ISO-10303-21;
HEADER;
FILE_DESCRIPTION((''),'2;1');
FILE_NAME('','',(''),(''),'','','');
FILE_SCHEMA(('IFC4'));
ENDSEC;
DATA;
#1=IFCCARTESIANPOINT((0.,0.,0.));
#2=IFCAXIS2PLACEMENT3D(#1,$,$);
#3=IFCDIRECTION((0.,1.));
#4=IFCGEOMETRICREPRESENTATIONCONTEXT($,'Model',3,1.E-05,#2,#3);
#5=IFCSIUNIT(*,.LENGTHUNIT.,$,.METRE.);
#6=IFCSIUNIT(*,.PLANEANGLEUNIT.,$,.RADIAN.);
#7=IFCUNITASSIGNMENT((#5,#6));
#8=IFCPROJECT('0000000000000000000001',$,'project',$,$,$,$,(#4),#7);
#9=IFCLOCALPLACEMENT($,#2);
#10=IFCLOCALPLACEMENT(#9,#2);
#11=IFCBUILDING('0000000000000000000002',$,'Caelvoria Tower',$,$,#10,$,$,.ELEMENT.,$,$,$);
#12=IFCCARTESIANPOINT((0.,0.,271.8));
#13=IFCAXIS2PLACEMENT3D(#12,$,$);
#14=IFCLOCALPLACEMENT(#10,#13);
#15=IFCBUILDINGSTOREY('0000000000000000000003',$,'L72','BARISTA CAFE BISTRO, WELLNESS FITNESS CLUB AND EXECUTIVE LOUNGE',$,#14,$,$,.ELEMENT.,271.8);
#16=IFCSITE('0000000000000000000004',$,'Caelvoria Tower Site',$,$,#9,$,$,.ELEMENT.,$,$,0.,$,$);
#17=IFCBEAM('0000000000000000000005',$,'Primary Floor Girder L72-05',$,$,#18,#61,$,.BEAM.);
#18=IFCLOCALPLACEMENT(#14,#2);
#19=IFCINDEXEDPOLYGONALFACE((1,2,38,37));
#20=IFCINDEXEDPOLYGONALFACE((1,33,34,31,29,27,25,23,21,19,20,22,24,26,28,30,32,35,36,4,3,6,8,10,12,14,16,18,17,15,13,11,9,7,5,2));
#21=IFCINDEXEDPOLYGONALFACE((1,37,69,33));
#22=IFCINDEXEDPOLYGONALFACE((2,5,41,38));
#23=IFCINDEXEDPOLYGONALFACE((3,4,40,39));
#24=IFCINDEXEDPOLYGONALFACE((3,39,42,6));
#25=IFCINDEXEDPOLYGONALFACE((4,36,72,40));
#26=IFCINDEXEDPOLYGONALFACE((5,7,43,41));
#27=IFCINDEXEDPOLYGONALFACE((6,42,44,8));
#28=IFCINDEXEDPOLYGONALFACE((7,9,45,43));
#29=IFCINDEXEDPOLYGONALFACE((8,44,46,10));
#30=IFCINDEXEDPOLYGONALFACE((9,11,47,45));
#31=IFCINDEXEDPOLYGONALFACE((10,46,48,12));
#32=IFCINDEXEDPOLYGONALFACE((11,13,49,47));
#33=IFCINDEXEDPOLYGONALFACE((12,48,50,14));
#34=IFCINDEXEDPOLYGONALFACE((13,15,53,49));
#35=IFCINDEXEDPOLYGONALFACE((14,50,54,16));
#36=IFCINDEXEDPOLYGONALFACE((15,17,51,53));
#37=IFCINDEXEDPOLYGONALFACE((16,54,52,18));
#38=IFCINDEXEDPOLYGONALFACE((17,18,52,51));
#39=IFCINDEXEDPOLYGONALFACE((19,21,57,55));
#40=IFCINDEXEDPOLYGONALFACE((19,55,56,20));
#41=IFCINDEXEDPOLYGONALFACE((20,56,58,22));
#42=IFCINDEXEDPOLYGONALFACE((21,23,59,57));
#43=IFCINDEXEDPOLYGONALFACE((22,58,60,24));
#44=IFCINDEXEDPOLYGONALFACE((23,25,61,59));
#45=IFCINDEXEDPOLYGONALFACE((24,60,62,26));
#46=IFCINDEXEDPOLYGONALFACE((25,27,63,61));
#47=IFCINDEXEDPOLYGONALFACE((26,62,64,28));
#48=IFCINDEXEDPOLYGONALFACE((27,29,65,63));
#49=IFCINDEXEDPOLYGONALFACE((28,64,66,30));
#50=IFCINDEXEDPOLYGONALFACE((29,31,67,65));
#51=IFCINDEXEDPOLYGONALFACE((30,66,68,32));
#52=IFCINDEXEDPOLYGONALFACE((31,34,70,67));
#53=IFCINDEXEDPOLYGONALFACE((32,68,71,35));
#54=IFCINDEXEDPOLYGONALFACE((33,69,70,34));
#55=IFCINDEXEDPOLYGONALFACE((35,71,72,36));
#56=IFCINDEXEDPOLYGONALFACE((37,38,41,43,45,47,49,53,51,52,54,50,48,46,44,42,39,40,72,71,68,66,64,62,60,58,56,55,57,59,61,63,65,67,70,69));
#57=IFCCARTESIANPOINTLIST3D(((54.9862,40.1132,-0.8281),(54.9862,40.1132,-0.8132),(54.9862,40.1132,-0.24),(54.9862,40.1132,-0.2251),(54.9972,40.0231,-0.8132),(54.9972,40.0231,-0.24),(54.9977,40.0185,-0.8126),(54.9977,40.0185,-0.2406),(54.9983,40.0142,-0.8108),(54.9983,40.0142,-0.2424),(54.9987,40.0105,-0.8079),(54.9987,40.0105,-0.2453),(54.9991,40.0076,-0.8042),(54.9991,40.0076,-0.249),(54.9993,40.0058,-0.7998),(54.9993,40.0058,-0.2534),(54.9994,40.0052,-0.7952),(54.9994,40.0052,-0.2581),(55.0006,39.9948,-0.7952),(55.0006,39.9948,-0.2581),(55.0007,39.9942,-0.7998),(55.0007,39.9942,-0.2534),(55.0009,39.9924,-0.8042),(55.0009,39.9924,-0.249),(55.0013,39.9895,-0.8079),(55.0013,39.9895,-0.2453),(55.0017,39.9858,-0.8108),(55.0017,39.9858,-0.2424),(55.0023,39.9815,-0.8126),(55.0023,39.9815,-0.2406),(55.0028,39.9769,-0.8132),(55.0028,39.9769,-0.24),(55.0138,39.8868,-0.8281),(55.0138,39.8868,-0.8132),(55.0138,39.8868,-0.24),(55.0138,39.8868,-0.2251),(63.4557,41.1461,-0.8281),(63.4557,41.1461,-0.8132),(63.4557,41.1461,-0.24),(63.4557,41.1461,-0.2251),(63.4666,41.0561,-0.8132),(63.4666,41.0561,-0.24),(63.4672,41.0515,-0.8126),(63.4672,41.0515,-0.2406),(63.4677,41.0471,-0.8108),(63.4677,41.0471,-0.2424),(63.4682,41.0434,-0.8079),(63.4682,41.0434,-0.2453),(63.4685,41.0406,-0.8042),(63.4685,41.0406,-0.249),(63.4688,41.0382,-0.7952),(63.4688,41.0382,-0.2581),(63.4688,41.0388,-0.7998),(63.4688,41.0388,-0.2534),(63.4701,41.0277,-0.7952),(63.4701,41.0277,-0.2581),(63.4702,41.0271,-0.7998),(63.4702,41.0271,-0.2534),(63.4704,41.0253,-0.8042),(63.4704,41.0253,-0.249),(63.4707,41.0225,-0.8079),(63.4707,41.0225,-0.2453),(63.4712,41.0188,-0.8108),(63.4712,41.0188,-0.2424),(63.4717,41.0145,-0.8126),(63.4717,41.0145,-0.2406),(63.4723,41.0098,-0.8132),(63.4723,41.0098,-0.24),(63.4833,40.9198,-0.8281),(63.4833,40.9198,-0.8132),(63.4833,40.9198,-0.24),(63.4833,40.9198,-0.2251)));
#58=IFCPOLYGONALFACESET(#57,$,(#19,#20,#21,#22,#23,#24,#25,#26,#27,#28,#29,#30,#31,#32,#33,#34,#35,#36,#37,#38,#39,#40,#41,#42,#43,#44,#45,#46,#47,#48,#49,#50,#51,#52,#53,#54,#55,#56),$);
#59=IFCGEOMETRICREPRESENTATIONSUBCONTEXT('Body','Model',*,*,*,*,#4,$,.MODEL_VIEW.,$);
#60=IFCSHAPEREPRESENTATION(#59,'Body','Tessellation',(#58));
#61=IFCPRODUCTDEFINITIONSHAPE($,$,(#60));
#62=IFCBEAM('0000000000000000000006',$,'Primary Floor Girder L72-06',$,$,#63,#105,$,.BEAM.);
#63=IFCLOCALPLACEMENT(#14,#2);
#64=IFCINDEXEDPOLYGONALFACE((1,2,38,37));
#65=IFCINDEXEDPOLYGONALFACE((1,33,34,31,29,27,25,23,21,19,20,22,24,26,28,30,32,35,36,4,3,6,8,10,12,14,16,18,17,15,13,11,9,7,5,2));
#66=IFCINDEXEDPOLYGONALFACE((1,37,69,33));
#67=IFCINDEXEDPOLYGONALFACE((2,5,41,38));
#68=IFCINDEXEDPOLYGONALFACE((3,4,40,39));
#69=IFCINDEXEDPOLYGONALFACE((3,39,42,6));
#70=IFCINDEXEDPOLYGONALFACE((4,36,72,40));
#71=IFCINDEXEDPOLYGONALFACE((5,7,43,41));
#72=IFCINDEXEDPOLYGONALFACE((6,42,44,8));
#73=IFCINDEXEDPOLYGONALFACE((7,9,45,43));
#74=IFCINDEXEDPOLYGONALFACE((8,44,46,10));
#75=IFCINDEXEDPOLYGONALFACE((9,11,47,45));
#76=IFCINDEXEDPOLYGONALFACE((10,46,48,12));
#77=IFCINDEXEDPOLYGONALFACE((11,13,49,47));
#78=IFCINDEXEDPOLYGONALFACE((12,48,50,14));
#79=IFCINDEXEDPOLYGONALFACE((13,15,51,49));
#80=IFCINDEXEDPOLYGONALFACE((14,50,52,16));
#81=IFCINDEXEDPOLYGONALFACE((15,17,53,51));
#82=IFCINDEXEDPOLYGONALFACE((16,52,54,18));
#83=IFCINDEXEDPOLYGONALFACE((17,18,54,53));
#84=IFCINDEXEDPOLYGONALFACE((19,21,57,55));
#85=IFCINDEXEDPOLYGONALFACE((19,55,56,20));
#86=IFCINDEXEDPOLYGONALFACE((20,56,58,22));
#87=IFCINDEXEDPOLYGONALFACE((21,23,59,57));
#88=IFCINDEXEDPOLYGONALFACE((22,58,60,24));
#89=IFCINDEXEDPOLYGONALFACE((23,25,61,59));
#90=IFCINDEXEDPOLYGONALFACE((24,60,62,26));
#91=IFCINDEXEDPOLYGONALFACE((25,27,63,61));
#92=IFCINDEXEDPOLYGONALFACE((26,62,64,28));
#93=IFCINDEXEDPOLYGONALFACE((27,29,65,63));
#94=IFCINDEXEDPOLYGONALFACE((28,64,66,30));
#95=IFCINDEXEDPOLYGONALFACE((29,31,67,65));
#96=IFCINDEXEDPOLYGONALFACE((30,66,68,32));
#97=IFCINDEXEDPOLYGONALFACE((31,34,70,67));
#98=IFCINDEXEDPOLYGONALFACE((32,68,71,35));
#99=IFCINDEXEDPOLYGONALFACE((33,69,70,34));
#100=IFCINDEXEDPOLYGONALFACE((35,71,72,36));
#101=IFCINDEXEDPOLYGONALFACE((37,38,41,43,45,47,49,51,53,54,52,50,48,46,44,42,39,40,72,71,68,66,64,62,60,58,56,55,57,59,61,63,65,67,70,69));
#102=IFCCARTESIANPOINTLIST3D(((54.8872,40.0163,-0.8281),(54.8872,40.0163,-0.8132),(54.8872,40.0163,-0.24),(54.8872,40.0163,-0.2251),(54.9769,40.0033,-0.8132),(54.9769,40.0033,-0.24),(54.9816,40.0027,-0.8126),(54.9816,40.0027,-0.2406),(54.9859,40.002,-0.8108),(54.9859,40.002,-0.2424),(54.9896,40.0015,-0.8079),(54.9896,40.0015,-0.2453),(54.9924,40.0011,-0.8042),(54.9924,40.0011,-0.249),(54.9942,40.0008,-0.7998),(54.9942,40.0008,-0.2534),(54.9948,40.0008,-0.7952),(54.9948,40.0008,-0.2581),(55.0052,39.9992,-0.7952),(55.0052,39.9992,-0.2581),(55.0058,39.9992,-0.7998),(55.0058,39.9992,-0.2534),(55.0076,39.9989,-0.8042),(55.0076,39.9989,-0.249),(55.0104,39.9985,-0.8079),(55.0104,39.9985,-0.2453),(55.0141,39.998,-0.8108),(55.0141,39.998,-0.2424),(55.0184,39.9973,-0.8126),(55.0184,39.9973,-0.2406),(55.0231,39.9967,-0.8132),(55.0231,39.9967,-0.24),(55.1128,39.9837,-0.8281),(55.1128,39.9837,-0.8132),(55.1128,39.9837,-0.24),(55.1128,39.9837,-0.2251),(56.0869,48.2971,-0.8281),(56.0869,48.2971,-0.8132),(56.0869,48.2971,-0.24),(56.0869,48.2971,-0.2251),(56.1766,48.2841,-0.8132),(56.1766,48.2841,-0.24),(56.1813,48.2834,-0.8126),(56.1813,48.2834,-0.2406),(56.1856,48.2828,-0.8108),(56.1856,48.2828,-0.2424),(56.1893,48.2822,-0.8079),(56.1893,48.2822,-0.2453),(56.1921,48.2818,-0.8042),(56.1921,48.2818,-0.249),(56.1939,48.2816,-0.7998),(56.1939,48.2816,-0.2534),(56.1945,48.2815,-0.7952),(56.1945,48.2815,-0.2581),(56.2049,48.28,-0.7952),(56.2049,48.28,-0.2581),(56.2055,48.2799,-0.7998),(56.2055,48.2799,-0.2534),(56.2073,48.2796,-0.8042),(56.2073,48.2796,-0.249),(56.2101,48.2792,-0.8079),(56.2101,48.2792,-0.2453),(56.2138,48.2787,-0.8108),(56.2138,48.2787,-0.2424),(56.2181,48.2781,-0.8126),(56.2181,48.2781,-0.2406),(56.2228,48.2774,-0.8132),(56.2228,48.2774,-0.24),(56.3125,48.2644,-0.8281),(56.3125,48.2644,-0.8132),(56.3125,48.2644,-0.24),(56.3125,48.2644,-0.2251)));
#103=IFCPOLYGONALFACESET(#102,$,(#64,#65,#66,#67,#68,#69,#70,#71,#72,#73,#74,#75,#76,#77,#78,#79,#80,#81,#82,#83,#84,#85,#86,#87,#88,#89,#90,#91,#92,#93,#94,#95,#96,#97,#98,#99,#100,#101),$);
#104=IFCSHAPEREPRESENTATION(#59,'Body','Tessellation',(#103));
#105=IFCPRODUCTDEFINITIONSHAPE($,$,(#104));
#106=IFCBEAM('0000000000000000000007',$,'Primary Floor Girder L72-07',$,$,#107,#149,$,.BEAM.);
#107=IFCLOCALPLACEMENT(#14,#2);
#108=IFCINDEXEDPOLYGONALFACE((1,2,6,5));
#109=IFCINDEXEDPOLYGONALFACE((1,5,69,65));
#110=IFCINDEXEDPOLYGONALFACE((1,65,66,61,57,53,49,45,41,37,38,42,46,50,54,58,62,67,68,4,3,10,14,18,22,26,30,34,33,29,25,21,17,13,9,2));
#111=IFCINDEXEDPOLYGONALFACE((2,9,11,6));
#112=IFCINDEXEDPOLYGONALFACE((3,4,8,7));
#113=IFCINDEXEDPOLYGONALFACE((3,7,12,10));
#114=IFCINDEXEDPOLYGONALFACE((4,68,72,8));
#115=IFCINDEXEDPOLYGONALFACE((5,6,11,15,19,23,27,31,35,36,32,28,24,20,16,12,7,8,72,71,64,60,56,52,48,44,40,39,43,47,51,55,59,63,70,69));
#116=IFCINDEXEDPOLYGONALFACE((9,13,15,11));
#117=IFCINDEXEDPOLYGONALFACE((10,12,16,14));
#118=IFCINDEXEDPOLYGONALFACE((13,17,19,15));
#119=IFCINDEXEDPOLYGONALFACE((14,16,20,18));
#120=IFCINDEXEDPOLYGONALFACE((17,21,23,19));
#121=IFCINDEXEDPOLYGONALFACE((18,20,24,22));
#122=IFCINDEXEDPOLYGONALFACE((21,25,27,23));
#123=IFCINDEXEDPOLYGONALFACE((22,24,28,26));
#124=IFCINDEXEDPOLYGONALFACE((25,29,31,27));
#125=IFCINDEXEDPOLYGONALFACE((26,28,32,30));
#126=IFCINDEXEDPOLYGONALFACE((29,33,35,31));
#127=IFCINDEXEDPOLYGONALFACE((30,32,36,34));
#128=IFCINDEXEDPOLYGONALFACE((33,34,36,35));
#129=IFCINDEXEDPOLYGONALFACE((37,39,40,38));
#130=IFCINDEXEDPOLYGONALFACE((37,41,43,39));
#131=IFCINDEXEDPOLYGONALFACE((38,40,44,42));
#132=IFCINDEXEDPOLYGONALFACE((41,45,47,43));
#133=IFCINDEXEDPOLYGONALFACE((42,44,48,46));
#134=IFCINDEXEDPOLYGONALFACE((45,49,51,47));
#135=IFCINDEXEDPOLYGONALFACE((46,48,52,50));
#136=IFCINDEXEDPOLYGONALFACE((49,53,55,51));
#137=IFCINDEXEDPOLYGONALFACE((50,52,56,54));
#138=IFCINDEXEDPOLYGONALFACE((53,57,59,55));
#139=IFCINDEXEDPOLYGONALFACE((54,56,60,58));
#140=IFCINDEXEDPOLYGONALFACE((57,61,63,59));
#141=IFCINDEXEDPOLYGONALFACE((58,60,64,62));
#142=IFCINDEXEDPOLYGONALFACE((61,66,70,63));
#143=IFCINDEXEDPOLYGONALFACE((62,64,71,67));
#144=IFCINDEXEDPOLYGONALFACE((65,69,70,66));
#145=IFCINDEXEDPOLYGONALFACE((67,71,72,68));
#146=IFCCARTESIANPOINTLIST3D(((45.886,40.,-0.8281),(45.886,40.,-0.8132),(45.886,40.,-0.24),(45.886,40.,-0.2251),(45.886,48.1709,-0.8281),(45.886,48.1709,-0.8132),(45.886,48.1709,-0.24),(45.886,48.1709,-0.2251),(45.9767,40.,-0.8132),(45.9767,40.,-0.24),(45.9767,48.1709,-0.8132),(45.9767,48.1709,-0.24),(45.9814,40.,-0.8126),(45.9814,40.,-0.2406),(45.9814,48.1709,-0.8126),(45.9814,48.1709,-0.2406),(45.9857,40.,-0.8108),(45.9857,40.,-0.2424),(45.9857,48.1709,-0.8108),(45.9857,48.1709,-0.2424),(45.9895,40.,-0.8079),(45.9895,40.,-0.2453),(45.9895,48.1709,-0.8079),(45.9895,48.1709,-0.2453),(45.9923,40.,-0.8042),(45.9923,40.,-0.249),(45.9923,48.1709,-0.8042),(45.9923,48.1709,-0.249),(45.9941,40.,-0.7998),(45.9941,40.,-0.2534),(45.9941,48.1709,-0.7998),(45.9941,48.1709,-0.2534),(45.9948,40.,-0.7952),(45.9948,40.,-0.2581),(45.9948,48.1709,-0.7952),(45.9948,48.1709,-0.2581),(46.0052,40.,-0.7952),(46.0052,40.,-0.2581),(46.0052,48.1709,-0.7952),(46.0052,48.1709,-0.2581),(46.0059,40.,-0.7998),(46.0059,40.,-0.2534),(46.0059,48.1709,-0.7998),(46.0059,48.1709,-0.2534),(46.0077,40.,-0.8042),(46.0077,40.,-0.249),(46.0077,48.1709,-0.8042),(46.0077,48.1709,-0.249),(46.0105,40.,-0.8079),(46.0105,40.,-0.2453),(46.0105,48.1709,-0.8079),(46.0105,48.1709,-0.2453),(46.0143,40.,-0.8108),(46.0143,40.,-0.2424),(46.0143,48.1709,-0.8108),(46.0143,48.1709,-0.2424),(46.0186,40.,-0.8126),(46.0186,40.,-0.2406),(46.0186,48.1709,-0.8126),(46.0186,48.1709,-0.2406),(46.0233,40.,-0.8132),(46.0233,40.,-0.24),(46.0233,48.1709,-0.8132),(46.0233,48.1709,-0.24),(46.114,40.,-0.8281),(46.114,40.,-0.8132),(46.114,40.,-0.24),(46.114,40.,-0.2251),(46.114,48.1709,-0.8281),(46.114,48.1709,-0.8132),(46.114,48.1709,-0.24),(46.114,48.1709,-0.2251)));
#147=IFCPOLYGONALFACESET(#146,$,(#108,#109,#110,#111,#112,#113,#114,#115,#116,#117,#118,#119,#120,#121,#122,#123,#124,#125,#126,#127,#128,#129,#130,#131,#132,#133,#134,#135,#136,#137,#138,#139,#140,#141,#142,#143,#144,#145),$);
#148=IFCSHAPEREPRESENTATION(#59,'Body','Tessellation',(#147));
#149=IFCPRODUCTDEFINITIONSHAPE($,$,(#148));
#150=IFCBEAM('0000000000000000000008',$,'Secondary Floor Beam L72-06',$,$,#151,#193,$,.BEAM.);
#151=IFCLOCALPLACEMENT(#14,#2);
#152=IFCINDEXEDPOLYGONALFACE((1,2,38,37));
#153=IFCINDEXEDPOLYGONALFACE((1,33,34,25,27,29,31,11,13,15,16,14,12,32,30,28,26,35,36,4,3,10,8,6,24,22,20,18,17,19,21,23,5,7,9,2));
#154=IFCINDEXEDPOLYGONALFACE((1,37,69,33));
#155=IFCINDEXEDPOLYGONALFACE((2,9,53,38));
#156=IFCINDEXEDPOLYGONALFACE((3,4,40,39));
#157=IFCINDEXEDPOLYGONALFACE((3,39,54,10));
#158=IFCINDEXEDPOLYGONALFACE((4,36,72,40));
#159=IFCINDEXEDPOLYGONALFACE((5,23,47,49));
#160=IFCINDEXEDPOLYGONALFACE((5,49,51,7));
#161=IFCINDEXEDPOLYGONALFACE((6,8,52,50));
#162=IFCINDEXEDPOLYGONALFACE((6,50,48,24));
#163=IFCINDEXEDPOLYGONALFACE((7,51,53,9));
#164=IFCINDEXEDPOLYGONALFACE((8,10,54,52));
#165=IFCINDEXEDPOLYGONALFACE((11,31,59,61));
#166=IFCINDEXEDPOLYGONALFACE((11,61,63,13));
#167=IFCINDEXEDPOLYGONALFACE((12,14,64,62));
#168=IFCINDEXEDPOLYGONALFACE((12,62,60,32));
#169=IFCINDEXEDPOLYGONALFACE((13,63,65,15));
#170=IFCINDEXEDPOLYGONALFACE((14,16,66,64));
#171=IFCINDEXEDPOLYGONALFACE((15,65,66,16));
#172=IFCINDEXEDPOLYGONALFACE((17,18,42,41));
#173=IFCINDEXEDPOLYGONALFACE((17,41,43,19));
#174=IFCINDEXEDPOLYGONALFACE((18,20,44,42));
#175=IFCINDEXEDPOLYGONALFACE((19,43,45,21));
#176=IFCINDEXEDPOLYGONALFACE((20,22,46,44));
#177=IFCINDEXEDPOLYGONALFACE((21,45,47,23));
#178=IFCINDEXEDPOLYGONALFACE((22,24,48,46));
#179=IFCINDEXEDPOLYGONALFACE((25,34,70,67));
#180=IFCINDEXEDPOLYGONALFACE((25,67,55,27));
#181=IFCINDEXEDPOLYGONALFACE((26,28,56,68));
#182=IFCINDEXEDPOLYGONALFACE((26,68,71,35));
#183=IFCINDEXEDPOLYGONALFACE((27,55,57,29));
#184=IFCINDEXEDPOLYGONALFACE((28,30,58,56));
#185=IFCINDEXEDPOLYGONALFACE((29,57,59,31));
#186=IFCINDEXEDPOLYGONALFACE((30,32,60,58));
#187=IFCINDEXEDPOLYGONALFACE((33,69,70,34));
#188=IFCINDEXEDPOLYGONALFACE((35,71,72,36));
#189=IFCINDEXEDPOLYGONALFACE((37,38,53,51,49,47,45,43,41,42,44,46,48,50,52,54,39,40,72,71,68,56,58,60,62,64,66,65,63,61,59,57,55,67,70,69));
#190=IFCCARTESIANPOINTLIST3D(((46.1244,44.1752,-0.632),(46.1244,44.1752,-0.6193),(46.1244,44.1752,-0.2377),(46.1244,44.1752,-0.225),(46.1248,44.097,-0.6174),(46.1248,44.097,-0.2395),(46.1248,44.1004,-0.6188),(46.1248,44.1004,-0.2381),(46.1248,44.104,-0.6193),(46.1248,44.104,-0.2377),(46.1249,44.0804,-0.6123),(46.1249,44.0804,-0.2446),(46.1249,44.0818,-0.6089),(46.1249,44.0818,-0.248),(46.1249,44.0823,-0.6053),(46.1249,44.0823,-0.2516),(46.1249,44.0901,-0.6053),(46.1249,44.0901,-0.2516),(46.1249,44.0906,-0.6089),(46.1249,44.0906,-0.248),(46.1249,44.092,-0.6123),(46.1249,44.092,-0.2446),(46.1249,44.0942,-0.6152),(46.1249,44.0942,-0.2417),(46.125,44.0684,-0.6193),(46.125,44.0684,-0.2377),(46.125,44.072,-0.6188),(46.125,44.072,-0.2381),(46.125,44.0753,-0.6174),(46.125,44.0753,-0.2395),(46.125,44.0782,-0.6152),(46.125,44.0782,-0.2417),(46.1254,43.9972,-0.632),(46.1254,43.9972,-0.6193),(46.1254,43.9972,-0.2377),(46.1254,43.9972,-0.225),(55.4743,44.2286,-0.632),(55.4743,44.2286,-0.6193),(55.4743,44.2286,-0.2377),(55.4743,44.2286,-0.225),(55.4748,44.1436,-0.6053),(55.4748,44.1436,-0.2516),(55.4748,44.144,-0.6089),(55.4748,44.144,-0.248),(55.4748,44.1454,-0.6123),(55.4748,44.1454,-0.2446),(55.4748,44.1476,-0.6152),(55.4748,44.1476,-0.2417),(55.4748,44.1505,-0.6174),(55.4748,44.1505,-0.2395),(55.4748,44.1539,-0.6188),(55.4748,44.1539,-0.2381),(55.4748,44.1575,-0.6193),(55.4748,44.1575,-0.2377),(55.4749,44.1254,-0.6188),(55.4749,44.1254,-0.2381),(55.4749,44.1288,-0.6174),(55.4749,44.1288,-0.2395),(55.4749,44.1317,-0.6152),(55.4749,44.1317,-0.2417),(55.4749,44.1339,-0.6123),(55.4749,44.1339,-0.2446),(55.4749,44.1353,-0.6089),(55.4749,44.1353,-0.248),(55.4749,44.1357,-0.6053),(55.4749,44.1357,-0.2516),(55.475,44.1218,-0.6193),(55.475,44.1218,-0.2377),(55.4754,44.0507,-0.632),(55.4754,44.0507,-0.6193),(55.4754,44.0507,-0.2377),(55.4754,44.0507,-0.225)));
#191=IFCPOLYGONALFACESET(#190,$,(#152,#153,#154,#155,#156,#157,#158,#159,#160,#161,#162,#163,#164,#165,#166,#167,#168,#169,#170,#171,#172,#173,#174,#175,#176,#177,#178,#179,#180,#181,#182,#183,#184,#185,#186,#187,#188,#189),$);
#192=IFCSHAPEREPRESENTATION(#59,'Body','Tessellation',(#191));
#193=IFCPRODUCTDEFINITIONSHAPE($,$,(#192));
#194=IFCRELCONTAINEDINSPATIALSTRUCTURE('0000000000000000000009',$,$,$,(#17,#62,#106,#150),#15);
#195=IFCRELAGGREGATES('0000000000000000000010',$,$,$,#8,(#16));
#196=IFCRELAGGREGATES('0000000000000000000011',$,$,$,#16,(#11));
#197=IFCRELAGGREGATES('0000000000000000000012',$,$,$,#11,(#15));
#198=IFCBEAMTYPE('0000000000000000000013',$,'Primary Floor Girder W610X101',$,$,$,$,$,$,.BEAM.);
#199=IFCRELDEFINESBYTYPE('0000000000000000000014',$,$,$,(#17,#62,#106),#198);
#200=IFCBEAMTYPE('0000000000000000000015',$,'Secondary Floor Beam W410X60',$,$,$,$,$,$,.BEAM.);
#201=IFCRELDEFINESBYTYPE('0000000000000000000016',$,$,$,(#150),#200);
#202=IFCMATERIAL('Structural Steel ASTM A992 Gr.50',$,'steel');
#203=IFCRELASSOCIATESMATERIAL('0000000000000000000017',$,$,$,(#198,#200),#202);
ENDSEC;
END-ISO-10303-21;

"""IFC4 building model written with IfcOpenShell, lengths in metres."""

from ifc_helpers import new_model, si_unit, direction, frame, origin, origin_2d, place, context, subcontext, project, spatial, i_section, extrude, material, material_profile, profile_set, type_object, element, save


model = new_model("IFC4")

# Units and contexts
model_context = context("Model", 3, precision=1e-05, world=origin(), true_north=direction((0.0, 1.0)))
body_context = subcontext(model_context, "Body", "Model", "MODEL_VIEW")
ifc_project = project(units=[si_unit("LENGTHUNIT", "METRE"), si_unit("PLANEANGLEUNIT", "RADIAN")], contexts=[model_context])

# Site, building, storey
site_placement = place(None, origin())
site = spatial("IfcSite", under=ifc_project, at=site_placement, Name="Caelvoria Tower Site", CompositionType="ELEMENT", RefElevation=0.0)
building_placement = place(site_placement, origin())
building = spatial("IfcBuilding", under=site, at=building_placement, Name="Caelvoria Tower", CompositionType="ELEMENT")
storey_placement = place(building_placement, frame((0.0, 0.0, 271.8)))
storey = spatial("IfcBuildingStorey", under=building, at=storey_placement, Name="L72", Description="BARISTA CAFE BISTRO, WELLNESS FITNESS CLUB AND EXECUTIVE LOUNGE", CompositionType="ELEMENT", Elevation=271.8)

# Shared definitions
ifc_material_1 = material(Name="Structural Steel ASTM A992 Gr.50", Category="steel")

# Beams
ifc_material_profile_1 = material_profile(ifc_material_1, i_section(OverallWidth=0.228, OverallDepth=0.603, WebThickness=0.0105, FlangeThickness=0.0149, FilletRadius=0.0181, at=origin_2d()), Name="Structural Steel ASTM A992 Gr.50")
ifc_profile_set_1 = profile_set([ifc_material_profile_1], Name="W610X101 - Structural Steel ASTM A992 Gr.50")
beam_type_1 = type_object("IfcBeamType", Name="Primary Floor Girder W610X101", PredefinedType="BEAM", material=ifc_profile_set_1)
beam_1_placement = place(storey_placement, frame((55.0, 40.0, -0.5266), z_axis=(0.992645, 0.121065, 0.0), x_axis=(-0.121065, 0.992645, 0.0)))
element("IfcBeam", 1, at=beam_1_placement, inside=storey, type_object=beam_type_1, Name="Primary Floor Girder L72-05", PredefinedType="BEAM", context=body_context, shape_type="SweptSolid", body=[
    extrude(i_section(OverallWidth=0.228, OverallDepth=0.603, WebThickness=0.0105, FlangeThickness=0.0149, FilletRadius=0.0181, at=origin_2d()), origin(), (0.0, 0.0, 1.0), 8.5322),
])
beam_2_placement = place(storey_placement, frame((55.0, 40.0, -0.5266), z_axis=(0.143382, 0.989667, 0.0), x_axis=(-0.989667, 0.143382, 0.0)))
element("IfcBeam", 2, at=beam_2_placement, inside=storey, type_object=beam_type_1, Name="Primary Floor Girder L72-06", PredefinedType="BEAM", context=body_context, shape_type="SweptSolid", body=[
    extrude(i_section(OverallWidth=0.228, OverallDepth=0.603, WebThickness=0.0105, FlangeThickness=0.0149, FilletRadius=0.0181, at=origin_2d()), origin(), (0.0, 0.0, 1.0), 8.3672),
])
beam_3_placement = place(storey_placement, frame((46.0, 40.0, -0.5266), z_axis=(0.0, 1.0, 0.0), x_axis=(-1.0, 0.0, 0.0)))
element("IfcBeam", 3, at=beam_3_placement, inside=storey, type_object=beam_type_1, Name="Primary Floor Girder L72-07", PredefinedType="BEAM", context=body_context, shape_type="SweptSolid", body=[
    extrude(i_section(OverallWidth=0.228, OverallDepth=0.603, WebThickness=0.0105, FlangeThickness=0.0149, FilletRadius=0.0181, at=origin_2d()), origin(), (0.0, 0.0, 1.0), 8.1709),
])
ifc_material_profile_2 = material_profile(ifc_material_1, i_section(OverallWidth=0.178, OverallDepth=0.407, WebThickness=0.0078, FlangeThickness=0.0127, FilletRadius=0.0139, at=origin_2d()), Name="Structural Steel ASTM A992 Gr.50")
ifc_profile_set_2 = profile_set([ifc_material_profile_2], Name="W410X60 - Structural Steel ASTM A992 Gr.50")
beam_type_2 = type_object("IfcBeamType", Name="Secondary Floor Beam W410X60", PredefinedType="BEAM", material=ifc_profile_set_2)
for number, where, z_axis, x_axis, name in (
    (4, (55.4749, 44.1396, -0.4285), (-0.999984, -0.005718, 0.0), (0.005718, -0.999984, 0.0), "Secondary Floor Beam L72-06"),
):
    element("IfcBeam", number, at=place(storey_placement, frame(where, z_axis=z_axis, x_axis=x_axis)), inside=storey, type_object=beam_type_2, Name=name, PredefinedType="BEAM", context=body_context, shape_type="SweptSolid", body=[
        extrude(i_section(OverallWidth=0.178, OverallDepth=0.407, WebThickness=0.0078, FlangeThickness=0.0127, FilletRadius=0.0139, at=origin_2d()), origin(), (0.0, 0.0, 1.0), 9.3501),
    ])

save(model, "model.ifc")
